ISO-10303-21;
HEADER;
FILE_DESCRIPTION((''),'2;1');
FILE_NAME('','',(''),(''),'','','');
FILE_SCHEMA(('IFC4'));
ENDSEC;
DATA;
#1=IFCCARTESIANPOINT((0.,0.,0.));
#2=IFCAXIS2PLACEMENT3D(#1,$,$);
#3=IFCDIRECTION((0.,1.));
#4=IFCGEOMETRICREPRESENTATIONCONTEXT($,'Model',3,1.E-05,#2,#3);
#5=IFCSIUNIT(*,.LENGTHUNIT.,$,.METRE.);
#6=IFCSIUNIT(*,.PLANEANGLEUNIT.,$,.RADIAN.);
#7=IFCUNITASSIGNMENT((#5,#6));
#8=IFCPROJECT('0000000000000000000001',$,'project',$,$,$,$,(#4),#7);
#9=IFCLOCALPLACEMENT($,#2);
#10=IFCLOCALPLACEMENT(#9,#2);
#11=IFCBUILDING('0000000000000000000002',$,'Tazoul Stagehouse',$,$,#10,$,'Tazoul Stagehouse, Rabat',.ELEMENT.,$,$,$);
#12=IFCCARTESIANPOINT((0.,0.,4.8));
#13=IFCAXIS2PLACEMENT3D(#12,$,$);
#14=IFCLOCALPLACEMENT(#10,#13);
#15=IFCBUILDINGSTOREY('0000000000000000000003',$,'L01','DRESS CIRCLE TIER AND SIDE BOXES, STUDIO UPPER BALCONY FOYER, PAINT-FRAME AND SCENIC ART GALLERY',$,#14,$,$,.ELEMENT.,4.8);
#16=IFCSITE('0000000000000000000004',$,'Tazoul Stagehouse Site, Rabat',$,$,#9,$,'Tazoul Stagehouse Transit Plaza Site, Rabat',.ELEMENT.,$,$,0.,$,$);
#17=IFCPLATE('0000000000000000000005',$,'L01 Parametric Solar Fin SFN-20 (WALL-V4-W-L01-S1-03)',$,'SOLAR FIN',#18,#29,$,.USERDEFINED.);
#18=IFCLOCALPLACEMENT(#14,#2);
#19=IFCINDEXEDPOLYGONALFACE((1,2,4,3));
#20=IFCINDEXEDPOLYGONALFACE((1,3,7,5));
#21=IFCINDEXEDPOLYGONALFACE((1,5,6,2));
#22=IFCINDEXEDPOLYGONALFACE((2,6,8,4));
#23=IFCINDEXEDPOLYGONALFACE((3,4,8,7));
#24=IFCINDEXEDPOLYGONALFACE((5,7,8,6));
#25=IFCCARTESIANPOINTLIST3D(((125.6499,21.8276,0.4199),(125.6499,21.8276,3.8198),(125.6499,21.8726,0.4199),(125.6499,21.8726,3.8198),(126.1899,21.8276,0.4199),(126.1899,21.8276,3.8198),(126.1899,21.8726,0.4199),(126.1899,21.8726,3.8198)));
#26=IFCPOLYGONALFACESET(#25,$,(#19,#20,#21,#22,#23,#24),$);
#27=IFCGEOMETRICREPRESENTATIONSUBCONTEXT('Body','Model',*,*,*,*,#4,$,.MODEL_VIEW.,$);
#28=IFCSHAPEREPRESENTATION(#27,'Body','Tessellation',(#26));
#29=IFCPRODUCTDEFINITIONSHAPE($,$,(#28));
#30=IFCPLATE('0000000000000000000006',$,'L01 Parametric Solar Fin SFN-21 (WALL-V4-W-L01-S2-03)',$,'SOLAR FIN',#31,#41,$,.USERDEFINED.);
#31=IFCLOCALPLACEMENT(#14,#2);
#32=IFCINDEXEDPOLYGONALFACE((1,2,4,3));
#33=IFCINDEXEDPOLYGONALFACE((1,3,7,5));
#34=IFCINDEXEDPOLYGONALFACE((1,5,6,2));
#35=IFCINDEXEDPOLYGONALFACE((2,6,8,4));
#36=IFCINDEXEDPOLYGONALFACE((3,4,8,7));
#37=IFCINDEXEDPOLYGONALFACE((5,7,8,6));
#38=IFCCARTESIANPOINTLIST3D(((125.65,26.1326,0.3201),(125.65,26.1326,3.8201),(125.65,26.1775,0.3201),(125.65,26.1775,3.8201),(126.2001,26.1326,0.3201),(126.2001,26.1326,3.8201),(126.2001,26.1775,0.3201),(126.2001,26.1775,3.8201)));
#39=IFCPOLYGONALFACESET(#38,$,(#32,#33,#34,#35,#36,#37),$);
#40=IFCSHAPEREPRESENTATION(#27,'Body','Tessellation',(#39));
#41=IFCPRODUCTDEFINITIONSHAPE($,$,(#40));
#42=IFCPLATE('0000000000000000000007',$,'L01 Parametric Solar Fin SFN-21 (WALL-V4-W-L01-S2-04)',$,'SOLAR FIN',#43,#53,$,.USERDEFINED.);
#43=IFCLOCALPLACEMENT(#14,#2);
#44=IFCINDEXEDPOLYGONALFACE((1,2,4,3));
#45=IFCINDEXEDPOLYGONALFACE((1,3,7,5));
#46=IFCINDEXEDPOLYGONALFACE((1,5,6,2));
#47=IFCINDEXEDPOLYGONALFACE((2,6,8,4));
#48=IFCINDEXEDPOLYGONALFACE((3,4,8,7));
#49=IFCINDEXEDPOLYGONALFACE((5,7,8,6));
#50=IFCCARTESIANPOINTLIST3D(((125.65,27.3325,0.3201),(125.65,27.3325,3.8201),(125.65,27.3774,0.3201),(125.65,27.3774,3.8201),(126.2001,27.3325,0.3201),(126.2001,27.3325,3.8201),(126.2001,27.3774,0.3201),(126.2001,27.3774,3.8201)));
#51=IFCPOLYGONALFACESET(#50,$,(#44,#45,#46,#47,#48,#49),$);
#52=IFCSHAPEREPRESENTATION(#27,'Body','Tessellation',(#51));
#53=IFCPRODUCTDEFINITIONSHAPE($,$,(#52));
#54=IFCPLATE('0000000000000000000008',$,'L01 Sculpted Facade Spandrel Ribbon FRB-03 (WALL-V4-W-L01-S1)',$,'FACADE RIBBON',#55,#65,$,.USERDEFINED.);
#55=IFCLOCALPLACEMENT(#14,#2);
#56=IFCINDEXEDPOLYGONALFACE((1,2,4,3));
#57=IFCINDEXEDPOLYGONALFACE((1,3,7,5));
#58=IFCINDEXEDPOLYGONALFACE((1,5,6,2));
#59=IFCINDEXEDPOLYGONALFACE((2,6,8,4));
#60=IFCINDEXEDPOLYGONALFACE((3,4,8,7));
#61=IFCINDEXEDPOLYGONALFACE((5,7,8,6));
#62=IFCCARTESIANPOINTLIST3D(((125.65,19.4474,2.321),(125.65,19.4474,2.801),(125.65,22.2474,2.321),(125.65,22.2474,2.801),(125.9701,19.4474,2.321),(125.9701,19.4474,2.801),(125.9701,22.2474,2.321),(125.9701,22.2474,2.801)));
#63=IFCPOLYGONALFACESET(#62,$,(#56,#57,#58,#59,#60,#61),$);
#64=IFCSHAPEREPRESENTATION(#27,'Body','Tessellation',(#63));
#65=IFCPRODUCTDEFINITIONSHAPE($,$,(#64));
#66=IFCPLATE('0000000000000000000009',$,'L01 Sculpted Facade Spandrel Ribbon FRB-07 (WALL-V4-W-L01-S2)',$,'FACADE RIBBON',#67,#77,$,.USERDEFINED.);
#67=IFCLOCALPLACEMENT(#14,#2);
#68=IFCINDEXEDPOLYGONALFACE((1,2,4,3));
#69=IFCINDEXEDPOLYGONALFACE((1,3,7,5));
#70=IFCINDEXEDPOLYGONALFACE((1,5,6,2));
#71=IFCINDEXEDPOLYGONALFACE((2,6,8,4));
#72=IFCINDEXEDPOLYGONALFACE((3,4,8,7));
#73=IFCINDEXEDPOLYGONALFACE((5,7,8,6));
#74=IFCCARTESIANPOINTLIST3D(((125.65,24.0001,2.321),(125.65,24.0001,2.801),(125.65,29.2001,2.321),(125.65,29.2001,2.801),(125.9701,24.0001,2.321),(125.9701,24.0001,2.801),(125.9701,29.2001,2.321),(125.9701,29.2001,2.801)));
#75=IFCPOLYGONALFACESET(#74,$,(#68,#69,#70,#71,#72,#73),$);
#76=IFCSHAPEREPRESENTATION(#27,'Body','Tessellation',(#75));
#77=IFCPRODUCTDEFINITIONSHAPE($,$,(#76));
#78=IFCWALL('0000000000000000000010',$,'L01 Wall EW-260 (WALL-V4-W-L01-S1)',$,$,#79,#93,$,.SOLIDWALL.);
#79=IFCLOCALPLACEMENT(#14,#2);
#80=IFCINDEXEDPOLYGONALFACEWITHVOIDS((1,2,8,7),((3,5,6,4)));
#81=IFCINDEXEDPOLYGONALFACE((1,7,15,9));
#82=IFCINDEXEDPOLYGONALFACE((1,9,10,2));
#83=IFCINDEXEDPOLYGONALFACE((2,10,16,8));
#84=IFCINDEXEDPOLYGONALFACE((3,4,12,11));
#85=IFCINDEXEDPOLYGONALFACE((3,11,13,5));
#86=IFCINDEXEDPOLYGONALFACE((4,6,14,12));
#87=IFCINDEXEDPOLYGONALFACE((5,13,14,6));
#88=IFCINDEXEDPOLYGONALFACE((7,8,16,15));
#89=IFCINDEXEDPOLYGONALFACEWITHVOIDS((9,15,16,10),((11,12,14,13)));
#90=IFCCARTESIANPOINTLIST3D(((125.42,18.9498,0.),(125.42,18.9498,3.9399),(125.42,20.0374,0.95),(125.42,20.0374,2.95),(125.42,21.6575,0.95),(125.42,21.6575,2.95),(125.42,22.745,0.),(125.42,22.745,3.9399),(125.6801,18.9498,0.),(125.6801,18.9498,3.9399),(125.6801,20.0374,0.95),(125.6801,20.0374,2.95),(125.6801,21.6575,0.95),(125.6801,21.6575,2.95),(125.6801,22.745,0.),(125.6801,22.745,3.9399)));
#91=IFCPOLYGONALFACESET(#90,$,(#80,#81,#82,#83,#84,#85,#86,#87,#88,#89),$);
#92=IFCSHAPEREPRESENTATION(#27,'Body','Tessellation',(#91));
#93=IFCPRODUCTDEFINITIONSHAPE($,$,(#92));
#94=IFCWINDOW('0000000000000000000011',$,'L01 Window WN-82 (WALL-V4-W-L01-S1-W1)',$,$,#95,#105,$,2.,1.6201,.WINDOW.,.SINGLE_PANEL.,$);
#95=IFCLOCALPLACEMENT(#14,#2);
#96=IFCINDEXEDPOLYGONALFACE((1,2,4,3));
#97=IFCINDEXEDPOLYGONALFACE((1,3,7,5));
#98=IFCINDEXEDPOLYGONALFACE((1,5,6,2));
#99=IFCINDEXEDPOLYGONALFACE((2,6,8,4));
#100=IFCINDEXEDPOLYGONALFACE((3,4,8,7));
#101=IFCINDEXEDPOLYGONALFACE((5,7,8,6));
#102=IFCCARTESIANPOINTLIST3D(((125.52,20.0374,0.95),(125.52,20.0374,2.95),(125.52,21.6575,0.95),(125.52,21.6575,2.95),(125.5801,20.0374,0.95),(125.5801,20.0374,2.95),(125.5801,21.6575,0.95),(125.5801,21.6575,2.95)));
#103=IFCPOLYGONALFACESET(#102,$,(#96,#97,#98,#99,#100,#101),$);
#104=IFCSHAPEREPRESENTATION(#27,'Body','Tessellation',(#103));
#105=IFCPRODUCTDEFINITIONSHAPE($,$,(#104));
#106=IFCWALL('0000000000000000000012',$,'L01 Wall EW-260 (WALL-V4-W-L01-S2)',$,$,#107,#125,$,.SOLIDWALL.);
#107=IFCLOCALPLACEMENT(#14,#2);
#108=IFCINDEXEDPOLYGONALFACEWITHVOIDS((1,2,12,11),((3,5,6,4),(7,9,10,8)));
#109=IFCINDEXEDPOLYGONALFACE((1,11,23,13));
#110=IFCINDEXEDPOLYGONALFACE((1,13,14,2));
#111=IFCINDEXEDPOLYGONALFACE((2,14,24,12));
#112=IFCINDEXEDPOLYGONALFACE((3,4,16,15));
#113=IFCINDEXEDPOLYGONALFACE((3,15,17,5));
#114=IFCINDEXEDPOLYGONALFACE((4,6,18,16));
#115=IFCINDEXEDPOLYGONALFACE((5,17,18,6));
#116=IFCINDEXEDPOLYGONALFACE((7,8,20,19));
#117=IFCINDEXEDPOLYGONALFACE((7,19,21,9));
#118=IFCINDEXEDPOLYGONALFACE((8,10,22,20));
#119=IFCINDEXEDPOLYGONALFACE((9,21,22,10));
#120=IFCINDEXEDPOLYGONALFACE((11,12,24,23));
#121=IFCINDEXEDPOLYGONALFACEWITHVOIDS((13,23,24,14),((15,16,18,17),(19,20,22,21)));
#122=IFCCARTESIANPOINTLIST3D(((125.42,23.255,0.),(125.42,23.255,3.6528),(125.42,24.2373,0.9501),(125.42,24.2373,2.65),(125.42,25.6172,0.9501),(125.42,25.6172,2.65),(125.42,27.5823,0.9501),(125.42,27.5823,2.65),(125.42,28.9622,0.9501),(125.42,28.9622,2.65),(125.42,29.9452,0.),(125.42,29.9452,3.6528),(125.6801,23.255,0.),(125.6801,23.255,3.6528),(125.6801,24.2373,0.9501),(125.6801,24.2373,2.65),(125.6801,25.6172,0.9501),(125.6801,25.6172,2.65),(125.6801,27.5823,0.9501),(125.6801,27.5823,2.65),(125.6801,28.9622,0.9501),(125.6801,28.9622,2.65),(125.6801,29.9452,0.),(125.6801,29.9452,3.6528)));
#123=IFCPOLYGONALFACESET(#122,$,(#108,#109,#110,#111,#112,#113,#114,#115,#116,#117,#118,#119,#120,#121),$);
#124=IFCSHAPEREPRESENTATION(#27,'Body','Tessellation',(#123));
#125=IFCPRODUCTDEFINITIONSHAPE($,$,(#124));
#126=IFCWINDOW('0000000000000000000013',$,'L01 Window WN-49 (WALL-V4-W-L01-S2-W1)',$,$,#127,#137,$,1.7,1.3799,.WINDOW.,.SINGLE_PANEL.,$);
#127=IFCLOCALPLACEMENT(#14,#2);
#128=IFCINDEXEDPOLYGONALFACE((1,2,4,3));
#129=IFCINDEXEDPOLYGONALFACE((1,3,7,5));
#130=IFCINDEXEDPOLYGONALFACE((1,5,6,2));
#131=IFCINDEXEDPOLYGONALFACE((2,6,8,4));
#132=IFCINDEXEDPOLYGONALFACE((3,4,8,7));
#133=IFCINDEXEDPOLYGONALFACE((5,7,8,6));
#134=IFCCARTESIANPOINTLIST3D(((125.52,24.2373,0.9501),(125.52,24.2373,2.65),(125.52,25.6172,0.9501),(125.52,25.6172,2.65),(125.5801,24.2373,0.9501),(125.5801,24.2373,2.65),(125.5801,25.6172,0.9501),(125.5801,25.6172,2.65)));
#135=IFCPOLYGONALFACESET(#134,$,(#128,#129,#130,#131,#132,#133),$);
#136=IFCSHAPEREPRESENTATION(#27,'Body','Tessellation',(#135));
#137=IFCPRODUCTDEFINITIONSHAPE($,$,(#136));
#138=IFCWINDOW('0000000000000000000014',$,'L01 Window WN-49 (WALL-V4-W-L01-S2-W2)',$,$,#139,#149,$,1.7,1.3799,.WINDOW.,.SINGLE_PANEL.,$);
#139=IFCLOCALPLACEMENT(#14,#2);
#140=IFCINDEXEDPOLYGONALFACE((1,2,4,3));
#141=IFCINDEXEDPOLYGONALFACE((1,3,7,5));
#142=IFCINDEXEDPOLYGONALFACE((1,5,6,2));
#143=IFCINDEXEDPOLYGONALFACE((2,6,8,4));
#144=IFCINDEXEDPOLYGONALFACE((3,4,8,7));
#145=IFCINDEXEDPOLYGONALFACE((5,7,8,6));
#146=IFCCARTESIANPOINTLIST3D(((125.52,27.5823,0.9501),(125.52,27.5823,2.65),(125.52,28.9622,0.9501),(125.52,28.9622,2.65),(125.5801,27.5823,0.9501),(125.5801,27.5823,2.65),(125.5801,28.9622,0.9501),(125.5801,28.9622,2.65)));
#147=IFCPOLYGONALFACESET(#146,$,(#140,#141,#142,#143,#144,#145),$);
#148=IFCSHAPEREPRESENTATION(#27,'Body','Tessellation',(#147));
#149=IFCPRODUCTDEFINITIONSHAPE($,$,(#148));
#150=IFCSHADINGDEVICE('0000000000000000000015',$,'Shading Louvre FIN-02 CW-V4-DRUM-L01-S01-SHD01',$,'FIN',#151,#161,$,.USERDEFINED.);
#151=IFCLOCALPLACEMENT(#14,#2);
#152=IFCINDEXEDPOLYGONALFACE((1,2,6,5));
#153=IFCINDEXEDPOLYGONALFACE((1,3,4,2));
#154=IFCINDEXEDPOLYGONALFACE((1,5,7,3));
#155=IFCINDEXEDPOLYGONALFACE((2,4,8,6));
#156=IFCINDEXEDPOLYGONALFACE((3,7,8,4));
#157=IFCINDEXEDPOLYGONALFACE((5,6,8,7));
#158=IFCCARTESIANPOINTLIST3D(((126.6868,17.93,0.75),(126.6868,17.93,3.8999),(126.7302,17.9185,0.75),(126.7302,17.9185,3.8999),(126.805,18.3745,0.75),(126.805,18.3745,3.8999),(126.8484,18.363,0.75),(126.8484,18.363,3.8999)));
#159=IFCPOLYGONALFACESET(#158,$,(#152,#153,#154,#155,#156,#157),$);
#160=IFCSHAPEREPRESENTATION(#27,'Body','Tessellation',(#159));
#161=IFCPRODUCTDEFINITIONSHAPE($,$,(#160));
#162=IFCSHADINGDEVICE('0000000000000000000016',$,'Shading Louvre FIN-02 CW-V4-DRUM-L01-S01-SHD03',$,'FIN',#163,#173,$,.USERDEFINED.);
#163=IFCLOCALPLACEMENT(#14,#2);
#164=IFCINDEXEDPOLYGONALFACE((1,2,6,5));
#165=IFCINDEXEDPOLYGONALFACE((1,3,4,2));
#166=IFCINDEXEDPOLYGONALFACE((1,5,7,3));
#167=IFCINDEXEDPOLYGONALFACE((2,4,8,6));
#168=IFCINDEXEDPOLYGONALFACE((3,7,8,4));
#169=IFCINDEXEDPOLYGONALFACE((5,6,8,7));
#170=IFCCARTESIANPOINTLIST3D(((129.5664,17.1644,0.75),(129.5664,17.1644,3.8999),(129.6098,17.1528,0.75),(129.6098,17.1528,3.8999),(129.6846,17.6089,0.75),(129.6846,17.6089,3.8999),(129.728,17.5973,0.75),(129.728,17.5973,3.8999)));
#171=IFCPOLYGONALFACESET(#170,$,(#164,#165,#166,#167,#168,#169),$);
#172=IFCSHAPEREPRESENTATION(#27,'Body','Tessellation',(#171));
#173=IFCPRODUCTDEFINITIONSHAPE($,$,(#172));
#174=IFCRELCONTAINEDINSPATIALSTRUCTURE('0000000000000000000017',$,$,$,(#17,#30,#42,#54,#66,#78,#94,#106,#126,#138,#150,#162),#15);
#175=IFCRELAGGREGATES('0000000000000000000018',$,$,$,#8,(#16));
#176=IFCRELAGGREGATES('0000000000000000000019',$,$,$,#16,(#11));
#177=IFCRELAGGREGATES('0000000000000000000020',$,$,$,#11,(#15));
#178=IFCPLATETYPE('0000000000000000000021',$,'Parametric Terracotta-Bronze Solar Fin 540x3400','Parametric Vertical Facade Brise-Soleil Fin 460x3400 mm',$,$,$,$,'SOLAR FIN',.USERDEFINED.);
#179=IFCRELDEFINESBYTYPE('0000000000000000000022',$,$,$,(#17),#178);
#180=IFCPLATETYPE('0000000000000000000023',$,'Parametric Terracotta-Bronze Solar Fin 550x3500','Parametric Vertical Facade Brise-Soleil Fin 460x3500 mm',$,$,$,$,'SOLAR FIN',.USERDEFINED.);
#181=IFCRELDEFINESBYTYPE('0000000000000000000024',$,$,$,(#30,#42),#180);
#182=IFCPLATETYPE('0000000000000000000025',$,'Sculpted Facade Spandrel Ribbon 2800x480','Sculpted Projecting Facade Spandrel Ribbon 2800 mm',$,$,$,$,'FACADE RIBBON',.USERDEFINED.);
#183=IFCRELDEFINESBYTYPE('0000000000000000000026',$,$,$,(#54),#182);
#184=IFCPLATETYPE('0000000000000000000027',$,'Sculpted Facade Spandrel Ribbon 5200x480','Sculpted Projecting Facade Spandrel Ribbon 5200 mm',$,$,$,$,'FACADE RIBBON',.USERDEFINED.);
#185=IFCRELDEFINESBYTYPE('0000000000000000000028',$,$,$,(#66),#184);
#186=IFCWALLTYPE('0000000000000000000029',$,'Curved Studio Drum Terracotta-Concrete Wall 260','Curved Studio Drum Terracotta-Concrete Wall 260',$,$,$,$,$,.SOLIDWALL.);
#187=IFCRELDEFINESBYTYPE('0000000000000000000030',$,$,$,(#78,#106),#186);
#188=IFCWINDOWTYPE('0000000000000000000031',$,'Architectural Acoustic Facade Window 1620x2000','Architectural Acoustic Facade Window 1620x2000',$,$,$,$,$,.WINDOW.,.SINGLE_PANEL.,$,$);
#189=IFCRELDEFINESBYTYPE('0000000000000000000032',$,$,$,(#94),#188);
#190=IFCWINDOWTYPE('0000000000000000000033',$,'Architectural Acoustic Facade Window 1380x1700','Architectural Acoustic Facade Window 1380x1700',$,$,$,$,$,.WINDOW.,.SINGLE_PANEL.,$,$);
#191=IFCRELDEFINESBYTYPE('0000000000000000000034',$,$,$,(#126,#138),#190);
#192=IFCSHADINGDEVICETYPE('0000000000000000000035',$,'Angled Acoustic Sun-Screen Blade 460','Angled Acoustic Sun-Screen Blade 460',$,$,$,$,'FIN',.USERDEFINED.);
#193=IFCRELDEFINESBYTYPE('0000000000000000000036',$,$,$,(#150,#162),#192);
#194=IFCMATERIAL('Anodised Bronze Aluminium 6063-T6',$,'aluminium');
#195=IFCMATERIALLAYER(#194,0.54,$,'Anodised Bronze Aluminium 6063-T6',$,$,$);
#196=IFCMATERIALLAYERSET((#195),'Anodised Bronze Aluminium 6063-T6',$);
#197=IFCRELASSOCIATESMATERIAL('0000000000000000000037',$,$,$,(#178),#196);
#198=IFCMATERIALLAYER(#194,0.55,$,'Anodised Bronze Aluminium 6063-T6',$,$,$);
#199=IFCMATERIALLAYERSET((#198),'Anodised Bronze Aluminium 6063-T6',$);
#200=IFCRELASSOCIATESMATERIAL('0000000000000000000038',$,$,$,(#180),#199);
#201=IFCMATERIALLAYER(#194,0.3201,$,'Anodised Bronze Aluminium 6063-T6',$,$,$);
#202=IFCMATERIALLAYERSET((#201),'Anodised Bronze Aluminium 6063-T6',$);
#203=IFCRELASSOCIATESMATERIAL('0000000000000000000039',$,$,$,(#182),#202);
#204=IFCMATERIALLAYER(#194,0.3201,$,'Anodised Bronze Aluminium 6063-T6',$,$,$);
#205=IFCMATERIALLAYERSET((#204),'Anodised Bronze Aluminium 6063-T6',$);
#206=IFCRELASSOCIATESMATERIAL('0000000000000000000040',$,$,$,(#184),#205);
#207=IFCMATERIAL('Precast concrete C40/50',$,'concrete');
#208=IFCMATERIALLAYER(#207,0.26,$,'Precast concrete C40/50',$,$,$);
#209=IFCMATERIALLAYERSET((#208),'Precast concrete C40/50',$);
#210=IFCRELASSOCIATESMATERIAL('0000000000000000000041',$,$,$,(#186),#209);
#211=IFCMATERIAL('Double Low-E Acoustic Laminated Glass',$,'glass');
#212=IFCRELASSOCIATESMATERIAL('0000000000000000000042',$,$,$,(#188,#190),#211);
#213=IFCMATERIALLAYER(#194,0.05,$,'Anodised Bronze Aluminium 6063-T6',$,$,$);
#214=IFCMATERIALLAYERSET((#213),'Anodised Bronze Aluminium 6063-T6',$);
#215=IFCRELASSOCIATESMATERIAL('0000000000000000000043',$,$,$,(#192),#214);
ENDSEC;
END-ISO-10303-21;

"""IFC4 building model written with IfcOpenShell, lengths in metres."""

from ifc_helpers import new_model, si_unit, direction, frame, frame_2d, origin, origin_2d, place, context, subcontext, project, spatial, rectangle, extrude, material, layer, layer_set, type_object, element, fill, save


model = new_model("IFC4")

# Units and contexts
model_context = context("Model", 3, precision=1e-05, world=origin(), true_north=direction((0.0, 1.0)))
body_context = subcontext(model_context, "Body", "Model", "MODEL_VIEW")
ifc_project = project(units=[si_unit("LENGTHUNIT", "METRE"), si_unit("PLANEANGLEUNIT", "RADIAN")], contexts=[model_context])

# Site, building, storey
site_placement = place(None, origin())
site = spatial("IfcSite", under=ifc_project, at=site_placement, Name="Tazoul Stagehouse Site, Rabat", LongName="Tazoul Stagehouse Transit Plaza Site, Rabat", CompositionType="ELEMENT", RefElevation=0.0)
building_placement = place(site_placement, origin())
building = spatial("IfcBuilding", under=site, at=building_placement, Name="Tazoul Stagehouse", LongName="Tazoul Stagehouse, Rabat", CompositionType="ELEMENT")
storey_placement = place(building_placement, frame((0.0, 0.0, 4.8)))
storey = spatial("IfcBuildingStorey", under=building, at=storey_placement, Name="L01", Description="DRESS CIRCLE TIER AND SIDE BOXES, STUDIO UPPER BALCONY FOYER, PAINT-FRAME AND SCENIC ART GALLERY", CompositionType="ELEMENT", Elevation=4.8)

# Plates
ifc_material_1 = material(Name="Anodised Bronze Aluminium 6063-T6", Category="aluminium")
ifc_layer_1 = layer(ifc_material_1, 0.54, Name="Anodised Bronze Aluminium 6063-T6")
ifc_layer_set_1 = layer_set([ifc_layer_1], Name="Anodised Bronze Aluminium 6063-T6")
plate_type_1 = type_object("IfcPlateType", Name="Parametric Terracotta-Bronze Solar Fin 540x3400", Description="Parametric Vertical Facade Brise-Soleil Fin 460x3400 mm", ElementType="SOLAR FIN", PredefinedType="USERDEFINED", material=ifc_layer_set_1)
for number, where, z_axis, x_axis, name in (
    (1, (125.9199, 21.8501, 0.4199), (0.0, 0.0, 1.0), (0.0, 1.0, 0.0), "L01 Parametric Solar Fin SFN-20 (WALL-V4-W-L01-S1-03)"),
):
    element("IfcPlate", number, at=place(storey_placement, frame(where, z_axis=z_axis, x_axis=x_axis)), inside=storey, type_object=plate_type_1, Name=name, ObjectType="SOLAR FIN", PredefinedType="USERDEFINED", context=body_context, shape_type="SweptSolid", body=[
        extrude(rectangle(XDim=0.0449, YDim=0.54, at=origin_2d()), origin(), (0.0, 0.0, 1.0), 3.3999),
    ])
ifc_layer_2 = layer(ifc_material_1, 0.55, Name="Anodised Bronze Aluminium 6063-T6")
ifc_layer_set_2 = layer_set([ifc_layer_2], Name="Anodised Bronze Aluminium 6063-T6")
plate_type_2 = type_object("IfcPlateType", Name="Parametric Terracotta-Bronze Solar Fin 550x3500", Description="Parametric Vertical Facade Brise-Soleil Fin 460x3500 mm", ElementType="SOLAR FIN", PredefinedType="USERDEFINED", material=ifc_layer_set_2)
for number, where, z_axis, x_axis, name in (
    (2, (125.925, 26.155, 0.3201), (0.0, 0.0, 1.0), (0.0, 1.0, 0.0), "L01 Parametric Solar Fin SFN-21 (WALL-V4-W-L01-S2-03)"),
    (3, (125.925, 27.355, 0.3201), (0.0, 0.0, 1.0), (0.0, 1.0, 0.0), "L01 Parametric Solar Fin SFN-21 (WALL-V4-W-L01-S2-04)"),
):
    element("IfcPlate", number, at=place(storey_placement, frame(where, z_axis=z_axis, x_axis=x_axis)), inside=storey, type_object=plate_type_2, Name=name, ObjectType="SOLAR FIN", PredefinedType="USERDEFINED", context=body_context, shape_type="SweptSolid", body=[
        extrude(rectangle(XDim=0.0449, YDim=0.55, at=origin_2d()), origin(), (0.0, 0.0, 1.0), 3.5),
    ])
ifc_layer_3 = layer(ifc_material_1, 0.3201, Name="Anodised Bronze Aluminium 6063-T6")
ifc_layer_set_3 = layer_set([ifc_layer_3], Name="Anodised Bronze Aluminium 6063-T6")
plate_type_3 = type_object("IfcPlateType", Name="Sculpted Facade Spandrel Ribbon 2800x480", Description="Sculpted Projecting Facade Spandrel Ribbon 2800 mm", ElementType="FACADE RIBBON", PredefinedType="USERDEFINED", material=ifc_layer_set_3)
plate_1_placement = place(storey_placement, frame((125.8101, 20.8474, 2.321), z_axis=(0.0, 0.0, 1.0), x_axis=(0.0, 1.0, 0.0)))
element("IfcPlate", 4, at=plate_1_placement, inside=storey, type_object=plate_type_3, Name="L01 Sculpted Facade Spandrel Ribbon FRB-03 (WALL-V4-W-L01-S1)", ObjectType="FACADE RIBBON", PredefinedType="USERDEFINED", context=body_context, shape_type="SweptSolid", body=[
    extrude(rectangle(XDim=2.8, YDim=0.3201, at=origin_2d()), origin(), (0.0, 0.0, 1.0), 0.48),
])
ifc_layer_4 = layer(ifc_material_1, 0.3201, Name="Anodised Bronze Aluminium 6063-T6")
ifc_layer_set_4 = layer_set([ifc_layer_4], Name="Anodised Bronze Aluminium 6063-T6")
plate_type_4 = type_object("IfcPlateType", Name="Sculpted Facade Spandrel Ribbon 5200x480", Description="Sculpted Projecting Facade Spandrel Ribbon 5200 mm", ElementType="FACADE RIBBON", PredefinedType="USERDEFINED", material=ifc_layer_set_4)
plate_2_placement = place(storey_placement, frame((125.8101, 26.6001, 2.321), z_axis=(0.0, 0.0, 1.0), x_axis=(0.0, 1.0, 0.0)))
element("IfcPlate", 5, at=plate_2_placement, inside=storey, type_object=plate_type_4, Name="L01 Sculpted Facade Spandrel Ribbon FRB-07 (WALL-V4-W-L01-S2)", ObjectType="FACADE RIBBON", PredefinedType="USERDEFINED", context=body_context, shape_type="SweptSolid", body=[
    extrude(rectangle(XDim=5.2, YDim=0.3201, at=origin_2d()), origin(), (0.0, 0.0, 1.0), 0.48),
])

# Wall, opening, window
ifc_material_2 = material(Name="Precast concrete C40/50", Category="concrete")
ifc_layer_5 = layer(ifc_material_2, 0.26, Name="Precast concrete C40/50")
ifc_layer_set_5 = layer_set([ifc_layer_5], Name="Precast concrete C40/50")
wall_type = type_object("IfcWallType", Name="Curved Studio Drum Terracotta-Concrete Wall 260", Description="Curved Studio Drum Terracotta-Concrete Wall 260", PredefinedType="SOLIDWALL", material=ifc_layer_set_5)
wall_1_placement = place(storey_placement, frame((125.55, 18.95, 0.0), z_axis=(0.0, 0.0, 1.0), x_axis=(0.0, 1.0, 0.0)))
wall_1 = element("IfcWall", 6, at=wall_1_placement, inside=storey, type_object=wall_type, Name="L01 Wall EW-260 (WALL-V4-W-L01-S1)", PredefinedType="SOLIDWALL", context=body_context, shape_type="SweptSolid", body=[
    extrude(rectangle(XDim=3.7952, YDim=0.26, at=frame_2d((1.8975, 0.0))), origin(), (0.0, 0.0, 1.0), 3.9399),
])
opening_1_placement = place(wall_1_placement, frame((1.0874, 0.0, 0.95)))
opening_1 = element("IfcOpeningElement", 7, at=opening_1_placement, cuts=wall_1, PredefinedType="OPENING", context=body_context, shape_type="SweptSolid", body=[
    extrude(rectangle(XDim=1.6201, YDim=2.0, at=frame_2d((0.8101, 1.0))), frame((0.0, 0.1499, 0.0), z_axis=(0.0, -1.0, 0.0), x_axis=(1.0, 0.0, 0.0)), (0.0, 0.0, 1.0), 0.3),
])
ifc_material_3 = material(Name="Double Low-E Acoustic Laminated Glass", Category="glass")
window_type_1 = type_object("IfcWindowType", Name="Architectural Acoustic Facade Window 1620x2000", Description="Architectural Acoustic Facade Window 1620x2000", PartitioningType="SINGLE_PANEL", PredefinedType="WINDOW", material=ifc_material_3)
window_1_placement = place(opening_1_placement, origin())
window_1 = element("IfcWindow", 8, at=window_1_placement, inside=storey, type_object=window_type_1, Name="L01 Window WN-82 (WALL-V4-W-L01-S1-W1)", OverallHeight=2.0, OverallWidth=1.6201, PartitioningType="SINGLE_PANEL", PredefinedType="WINDOW", context=body_context, shape_type="SweptSolid", body=[
    extrude(rectangle(XDim=1.6201, YDim=2.0, at=frame_2d((0.8101, 1.0))), frame((0.0, 0.03, 0.0), z_axis=(0.0, -1.0, 0.0), x_axis=(1.0, 0.0, 0.0)), (0.0, 0.0, 1.0), 0.0601),
])
fill(opening_1, window_1)

# Wall, openings, windows
wall_2_placement = place(storey_placement, frame((125.55, 23.2549, 0.0), z_axis=(0.0, 0.0, 1.0), x_axis=(0.0, 1.0, 0.0)))
wall_2 = element("IfcWall", 9, at=wall_2_placement, inside=storey, type_object=wall_type, Name="L01 Wall EW-260 (WALL-V4-W-L01-S2)", PredefinedType="SOLIDWALL", context=body_context, shape_type="SweptSolid", body=[
    extrude(rectangle(XDim=6.6902, YDim=0.26, at=frame_2d((3.3452, 0.0))), origin(), (0.0, 0.0, 1.0), 3.6528),
])
opening_2_placement = place(wall_2_placement, frame((0.9824, 0.0, 0.95)))
opening_2 = element("IfcOpeningElement", 10, at=opening_2_placement, cuts=wall_2, PredefinedType="OPENING", context=body_context, shape_type="SweptSolid", body=[
    extrude(rectangle(XDim=1.3799, YDim=1.7, at=frame_2d((0.6899, 0.8501))), frame((0.0, 0.1499, 0.0), z_axis=(0.0, -1.0, 0.0), x_axis=(1.0, 0.0, 0.0)), (0.0, 0.0, 1.0), 0.3),
])
opening_3_placement = place(wall_2_placement, frame((4.3274, 0.0, 0.95)))
opening_3 = element("IfcOpeningElement", 11, at=opening_3_placement, cuts=wall_2, PredefinedType="OPENING", context=body_context, shape_type="SweptSolid", body=[
    extrude(rectangle(XDim=1.3799, YDim=1.7, at=frame_2d((0.6899, 0.8501))), frame((0.0, 0.1499, 0.0), z_axis=(0.0, -1.0, 0.0), x_axis=(1.0, 0.0, 0.0)), (0.0, 0.0, 1.0), 0.3),
])
window_type_2 = type_object("IfcWindowType", Name="Architectural Acoustic Facade Window 1380x1700", Description="Architectural Acoustic Facade Window 1380x1700", PartitioningType="SINGLE_PANEL", PredefinedType="WINDOW", material=ifc_material_3)
window_2_placement = place(opening_2_placement, origin())
window_2 = element("IfcWindow", 12, at=window_2_placement, inside=storey, type_object=window_type_2, Name="L01 Window WN-49 (WALL-V4-W-L01-S2-W1)", OverallHeight=1.7, OverallWidth=1.3799, PartitioningType="SINGLE_PANEL", PredefinedType="WINDOW", context=body_context, shape_type="SweptSolid", body=[
    extrude(rectangle(XDim=1.3799, YDim=1.7, at=frame_2d((0.6899, 0.8501))), frame((0.0, 0.03, 0.0), z_axis=(0.0, -1.0, 0.0), x_axis=(1.0, 0.0, 0.0)), (0.0, 0.0, 1.0), 0.0601),
])
fill(opening_2, window_2)
window_3_placement = place(opening_3_placement, origin())
window_3 = element("IfcWindow", 13, at=window_3_placement, inside=storey, type_object=window_type_2, Name="L01 Window WN-49 (WALL-V4-W-L01-S2-W2)", OverallHeight=1.7, OverallWidth=1.3799, PartitioningType="SINGLE_PANEL", PredefinedType="WINDOW", context=body_context, shape_type="SweptSolid", body=[
    extrude(rectangle(XDim=1.3799, YDim=1.7, at=frame_2d((0.6899, 0.8501))), frame((0.0, 0.03, 0.0), z_axis=(0.0, -1.0, 0.0), x_axis=(1.0, 0.0, 0.0)), (0.0, 0.0, 1.0), 0.0601),
])
fill(opening_3, window_3)

# Shading devices
ifc_layer_6 = layer(ifc_material_1, 0.05, Name="Anodised Bronze Aluminium 6063-T6")
ifc_layer_set_6 = layer_set([ifc_layer_6], Name="Anodised Bronze Aluminium 6063-T6")
shading_device_type_1 = type_object("IfcShadingDeviceType", Name="Angled Acoustic Sun-Screen Blade 460", Description="Angled Acoustic Sun-Screen Blade 460", ElementType="FIN", PredefinedType="USERDEFINED", material=ifc_layer_set_6)
for number, where, z_axis, x_axis, name in (
    (14, (126.7676, 18.1465, 0.75), (0.0, 0.0, 1.0), (0.966413, -0.256993, 0.0), "Shading Louvre FIN-02 CW-V4-DRUM-L01-S01-SHD01"),
    (15, (129.6472, 17.3809, 0.75), (0.0, 0.0, 1.0), (0.966413, -0.256993, 0.0), "Shading Louvre FIN-02 CW-V4-DRUM-L01-S01-SHD03"),
):
    element("IfcShadingDevice", number, at=place(storey_placement, frame(where, z_axis=z_axis, x_axis=x_axis)), inside=storey, type_object=shading_device_type_1, Name=name, ObjectType="FIN", PredefinedType="USERDEFINED", context=body_context, shape_type="SweptSolid", body=[
        extrude(rectangle(XDim=0.0449, YDim=0.46, at=origin_2d()), origin(), (0.0, 0.0, 1.0), 3.1499),
    ])

save(model, "model.ifc")
